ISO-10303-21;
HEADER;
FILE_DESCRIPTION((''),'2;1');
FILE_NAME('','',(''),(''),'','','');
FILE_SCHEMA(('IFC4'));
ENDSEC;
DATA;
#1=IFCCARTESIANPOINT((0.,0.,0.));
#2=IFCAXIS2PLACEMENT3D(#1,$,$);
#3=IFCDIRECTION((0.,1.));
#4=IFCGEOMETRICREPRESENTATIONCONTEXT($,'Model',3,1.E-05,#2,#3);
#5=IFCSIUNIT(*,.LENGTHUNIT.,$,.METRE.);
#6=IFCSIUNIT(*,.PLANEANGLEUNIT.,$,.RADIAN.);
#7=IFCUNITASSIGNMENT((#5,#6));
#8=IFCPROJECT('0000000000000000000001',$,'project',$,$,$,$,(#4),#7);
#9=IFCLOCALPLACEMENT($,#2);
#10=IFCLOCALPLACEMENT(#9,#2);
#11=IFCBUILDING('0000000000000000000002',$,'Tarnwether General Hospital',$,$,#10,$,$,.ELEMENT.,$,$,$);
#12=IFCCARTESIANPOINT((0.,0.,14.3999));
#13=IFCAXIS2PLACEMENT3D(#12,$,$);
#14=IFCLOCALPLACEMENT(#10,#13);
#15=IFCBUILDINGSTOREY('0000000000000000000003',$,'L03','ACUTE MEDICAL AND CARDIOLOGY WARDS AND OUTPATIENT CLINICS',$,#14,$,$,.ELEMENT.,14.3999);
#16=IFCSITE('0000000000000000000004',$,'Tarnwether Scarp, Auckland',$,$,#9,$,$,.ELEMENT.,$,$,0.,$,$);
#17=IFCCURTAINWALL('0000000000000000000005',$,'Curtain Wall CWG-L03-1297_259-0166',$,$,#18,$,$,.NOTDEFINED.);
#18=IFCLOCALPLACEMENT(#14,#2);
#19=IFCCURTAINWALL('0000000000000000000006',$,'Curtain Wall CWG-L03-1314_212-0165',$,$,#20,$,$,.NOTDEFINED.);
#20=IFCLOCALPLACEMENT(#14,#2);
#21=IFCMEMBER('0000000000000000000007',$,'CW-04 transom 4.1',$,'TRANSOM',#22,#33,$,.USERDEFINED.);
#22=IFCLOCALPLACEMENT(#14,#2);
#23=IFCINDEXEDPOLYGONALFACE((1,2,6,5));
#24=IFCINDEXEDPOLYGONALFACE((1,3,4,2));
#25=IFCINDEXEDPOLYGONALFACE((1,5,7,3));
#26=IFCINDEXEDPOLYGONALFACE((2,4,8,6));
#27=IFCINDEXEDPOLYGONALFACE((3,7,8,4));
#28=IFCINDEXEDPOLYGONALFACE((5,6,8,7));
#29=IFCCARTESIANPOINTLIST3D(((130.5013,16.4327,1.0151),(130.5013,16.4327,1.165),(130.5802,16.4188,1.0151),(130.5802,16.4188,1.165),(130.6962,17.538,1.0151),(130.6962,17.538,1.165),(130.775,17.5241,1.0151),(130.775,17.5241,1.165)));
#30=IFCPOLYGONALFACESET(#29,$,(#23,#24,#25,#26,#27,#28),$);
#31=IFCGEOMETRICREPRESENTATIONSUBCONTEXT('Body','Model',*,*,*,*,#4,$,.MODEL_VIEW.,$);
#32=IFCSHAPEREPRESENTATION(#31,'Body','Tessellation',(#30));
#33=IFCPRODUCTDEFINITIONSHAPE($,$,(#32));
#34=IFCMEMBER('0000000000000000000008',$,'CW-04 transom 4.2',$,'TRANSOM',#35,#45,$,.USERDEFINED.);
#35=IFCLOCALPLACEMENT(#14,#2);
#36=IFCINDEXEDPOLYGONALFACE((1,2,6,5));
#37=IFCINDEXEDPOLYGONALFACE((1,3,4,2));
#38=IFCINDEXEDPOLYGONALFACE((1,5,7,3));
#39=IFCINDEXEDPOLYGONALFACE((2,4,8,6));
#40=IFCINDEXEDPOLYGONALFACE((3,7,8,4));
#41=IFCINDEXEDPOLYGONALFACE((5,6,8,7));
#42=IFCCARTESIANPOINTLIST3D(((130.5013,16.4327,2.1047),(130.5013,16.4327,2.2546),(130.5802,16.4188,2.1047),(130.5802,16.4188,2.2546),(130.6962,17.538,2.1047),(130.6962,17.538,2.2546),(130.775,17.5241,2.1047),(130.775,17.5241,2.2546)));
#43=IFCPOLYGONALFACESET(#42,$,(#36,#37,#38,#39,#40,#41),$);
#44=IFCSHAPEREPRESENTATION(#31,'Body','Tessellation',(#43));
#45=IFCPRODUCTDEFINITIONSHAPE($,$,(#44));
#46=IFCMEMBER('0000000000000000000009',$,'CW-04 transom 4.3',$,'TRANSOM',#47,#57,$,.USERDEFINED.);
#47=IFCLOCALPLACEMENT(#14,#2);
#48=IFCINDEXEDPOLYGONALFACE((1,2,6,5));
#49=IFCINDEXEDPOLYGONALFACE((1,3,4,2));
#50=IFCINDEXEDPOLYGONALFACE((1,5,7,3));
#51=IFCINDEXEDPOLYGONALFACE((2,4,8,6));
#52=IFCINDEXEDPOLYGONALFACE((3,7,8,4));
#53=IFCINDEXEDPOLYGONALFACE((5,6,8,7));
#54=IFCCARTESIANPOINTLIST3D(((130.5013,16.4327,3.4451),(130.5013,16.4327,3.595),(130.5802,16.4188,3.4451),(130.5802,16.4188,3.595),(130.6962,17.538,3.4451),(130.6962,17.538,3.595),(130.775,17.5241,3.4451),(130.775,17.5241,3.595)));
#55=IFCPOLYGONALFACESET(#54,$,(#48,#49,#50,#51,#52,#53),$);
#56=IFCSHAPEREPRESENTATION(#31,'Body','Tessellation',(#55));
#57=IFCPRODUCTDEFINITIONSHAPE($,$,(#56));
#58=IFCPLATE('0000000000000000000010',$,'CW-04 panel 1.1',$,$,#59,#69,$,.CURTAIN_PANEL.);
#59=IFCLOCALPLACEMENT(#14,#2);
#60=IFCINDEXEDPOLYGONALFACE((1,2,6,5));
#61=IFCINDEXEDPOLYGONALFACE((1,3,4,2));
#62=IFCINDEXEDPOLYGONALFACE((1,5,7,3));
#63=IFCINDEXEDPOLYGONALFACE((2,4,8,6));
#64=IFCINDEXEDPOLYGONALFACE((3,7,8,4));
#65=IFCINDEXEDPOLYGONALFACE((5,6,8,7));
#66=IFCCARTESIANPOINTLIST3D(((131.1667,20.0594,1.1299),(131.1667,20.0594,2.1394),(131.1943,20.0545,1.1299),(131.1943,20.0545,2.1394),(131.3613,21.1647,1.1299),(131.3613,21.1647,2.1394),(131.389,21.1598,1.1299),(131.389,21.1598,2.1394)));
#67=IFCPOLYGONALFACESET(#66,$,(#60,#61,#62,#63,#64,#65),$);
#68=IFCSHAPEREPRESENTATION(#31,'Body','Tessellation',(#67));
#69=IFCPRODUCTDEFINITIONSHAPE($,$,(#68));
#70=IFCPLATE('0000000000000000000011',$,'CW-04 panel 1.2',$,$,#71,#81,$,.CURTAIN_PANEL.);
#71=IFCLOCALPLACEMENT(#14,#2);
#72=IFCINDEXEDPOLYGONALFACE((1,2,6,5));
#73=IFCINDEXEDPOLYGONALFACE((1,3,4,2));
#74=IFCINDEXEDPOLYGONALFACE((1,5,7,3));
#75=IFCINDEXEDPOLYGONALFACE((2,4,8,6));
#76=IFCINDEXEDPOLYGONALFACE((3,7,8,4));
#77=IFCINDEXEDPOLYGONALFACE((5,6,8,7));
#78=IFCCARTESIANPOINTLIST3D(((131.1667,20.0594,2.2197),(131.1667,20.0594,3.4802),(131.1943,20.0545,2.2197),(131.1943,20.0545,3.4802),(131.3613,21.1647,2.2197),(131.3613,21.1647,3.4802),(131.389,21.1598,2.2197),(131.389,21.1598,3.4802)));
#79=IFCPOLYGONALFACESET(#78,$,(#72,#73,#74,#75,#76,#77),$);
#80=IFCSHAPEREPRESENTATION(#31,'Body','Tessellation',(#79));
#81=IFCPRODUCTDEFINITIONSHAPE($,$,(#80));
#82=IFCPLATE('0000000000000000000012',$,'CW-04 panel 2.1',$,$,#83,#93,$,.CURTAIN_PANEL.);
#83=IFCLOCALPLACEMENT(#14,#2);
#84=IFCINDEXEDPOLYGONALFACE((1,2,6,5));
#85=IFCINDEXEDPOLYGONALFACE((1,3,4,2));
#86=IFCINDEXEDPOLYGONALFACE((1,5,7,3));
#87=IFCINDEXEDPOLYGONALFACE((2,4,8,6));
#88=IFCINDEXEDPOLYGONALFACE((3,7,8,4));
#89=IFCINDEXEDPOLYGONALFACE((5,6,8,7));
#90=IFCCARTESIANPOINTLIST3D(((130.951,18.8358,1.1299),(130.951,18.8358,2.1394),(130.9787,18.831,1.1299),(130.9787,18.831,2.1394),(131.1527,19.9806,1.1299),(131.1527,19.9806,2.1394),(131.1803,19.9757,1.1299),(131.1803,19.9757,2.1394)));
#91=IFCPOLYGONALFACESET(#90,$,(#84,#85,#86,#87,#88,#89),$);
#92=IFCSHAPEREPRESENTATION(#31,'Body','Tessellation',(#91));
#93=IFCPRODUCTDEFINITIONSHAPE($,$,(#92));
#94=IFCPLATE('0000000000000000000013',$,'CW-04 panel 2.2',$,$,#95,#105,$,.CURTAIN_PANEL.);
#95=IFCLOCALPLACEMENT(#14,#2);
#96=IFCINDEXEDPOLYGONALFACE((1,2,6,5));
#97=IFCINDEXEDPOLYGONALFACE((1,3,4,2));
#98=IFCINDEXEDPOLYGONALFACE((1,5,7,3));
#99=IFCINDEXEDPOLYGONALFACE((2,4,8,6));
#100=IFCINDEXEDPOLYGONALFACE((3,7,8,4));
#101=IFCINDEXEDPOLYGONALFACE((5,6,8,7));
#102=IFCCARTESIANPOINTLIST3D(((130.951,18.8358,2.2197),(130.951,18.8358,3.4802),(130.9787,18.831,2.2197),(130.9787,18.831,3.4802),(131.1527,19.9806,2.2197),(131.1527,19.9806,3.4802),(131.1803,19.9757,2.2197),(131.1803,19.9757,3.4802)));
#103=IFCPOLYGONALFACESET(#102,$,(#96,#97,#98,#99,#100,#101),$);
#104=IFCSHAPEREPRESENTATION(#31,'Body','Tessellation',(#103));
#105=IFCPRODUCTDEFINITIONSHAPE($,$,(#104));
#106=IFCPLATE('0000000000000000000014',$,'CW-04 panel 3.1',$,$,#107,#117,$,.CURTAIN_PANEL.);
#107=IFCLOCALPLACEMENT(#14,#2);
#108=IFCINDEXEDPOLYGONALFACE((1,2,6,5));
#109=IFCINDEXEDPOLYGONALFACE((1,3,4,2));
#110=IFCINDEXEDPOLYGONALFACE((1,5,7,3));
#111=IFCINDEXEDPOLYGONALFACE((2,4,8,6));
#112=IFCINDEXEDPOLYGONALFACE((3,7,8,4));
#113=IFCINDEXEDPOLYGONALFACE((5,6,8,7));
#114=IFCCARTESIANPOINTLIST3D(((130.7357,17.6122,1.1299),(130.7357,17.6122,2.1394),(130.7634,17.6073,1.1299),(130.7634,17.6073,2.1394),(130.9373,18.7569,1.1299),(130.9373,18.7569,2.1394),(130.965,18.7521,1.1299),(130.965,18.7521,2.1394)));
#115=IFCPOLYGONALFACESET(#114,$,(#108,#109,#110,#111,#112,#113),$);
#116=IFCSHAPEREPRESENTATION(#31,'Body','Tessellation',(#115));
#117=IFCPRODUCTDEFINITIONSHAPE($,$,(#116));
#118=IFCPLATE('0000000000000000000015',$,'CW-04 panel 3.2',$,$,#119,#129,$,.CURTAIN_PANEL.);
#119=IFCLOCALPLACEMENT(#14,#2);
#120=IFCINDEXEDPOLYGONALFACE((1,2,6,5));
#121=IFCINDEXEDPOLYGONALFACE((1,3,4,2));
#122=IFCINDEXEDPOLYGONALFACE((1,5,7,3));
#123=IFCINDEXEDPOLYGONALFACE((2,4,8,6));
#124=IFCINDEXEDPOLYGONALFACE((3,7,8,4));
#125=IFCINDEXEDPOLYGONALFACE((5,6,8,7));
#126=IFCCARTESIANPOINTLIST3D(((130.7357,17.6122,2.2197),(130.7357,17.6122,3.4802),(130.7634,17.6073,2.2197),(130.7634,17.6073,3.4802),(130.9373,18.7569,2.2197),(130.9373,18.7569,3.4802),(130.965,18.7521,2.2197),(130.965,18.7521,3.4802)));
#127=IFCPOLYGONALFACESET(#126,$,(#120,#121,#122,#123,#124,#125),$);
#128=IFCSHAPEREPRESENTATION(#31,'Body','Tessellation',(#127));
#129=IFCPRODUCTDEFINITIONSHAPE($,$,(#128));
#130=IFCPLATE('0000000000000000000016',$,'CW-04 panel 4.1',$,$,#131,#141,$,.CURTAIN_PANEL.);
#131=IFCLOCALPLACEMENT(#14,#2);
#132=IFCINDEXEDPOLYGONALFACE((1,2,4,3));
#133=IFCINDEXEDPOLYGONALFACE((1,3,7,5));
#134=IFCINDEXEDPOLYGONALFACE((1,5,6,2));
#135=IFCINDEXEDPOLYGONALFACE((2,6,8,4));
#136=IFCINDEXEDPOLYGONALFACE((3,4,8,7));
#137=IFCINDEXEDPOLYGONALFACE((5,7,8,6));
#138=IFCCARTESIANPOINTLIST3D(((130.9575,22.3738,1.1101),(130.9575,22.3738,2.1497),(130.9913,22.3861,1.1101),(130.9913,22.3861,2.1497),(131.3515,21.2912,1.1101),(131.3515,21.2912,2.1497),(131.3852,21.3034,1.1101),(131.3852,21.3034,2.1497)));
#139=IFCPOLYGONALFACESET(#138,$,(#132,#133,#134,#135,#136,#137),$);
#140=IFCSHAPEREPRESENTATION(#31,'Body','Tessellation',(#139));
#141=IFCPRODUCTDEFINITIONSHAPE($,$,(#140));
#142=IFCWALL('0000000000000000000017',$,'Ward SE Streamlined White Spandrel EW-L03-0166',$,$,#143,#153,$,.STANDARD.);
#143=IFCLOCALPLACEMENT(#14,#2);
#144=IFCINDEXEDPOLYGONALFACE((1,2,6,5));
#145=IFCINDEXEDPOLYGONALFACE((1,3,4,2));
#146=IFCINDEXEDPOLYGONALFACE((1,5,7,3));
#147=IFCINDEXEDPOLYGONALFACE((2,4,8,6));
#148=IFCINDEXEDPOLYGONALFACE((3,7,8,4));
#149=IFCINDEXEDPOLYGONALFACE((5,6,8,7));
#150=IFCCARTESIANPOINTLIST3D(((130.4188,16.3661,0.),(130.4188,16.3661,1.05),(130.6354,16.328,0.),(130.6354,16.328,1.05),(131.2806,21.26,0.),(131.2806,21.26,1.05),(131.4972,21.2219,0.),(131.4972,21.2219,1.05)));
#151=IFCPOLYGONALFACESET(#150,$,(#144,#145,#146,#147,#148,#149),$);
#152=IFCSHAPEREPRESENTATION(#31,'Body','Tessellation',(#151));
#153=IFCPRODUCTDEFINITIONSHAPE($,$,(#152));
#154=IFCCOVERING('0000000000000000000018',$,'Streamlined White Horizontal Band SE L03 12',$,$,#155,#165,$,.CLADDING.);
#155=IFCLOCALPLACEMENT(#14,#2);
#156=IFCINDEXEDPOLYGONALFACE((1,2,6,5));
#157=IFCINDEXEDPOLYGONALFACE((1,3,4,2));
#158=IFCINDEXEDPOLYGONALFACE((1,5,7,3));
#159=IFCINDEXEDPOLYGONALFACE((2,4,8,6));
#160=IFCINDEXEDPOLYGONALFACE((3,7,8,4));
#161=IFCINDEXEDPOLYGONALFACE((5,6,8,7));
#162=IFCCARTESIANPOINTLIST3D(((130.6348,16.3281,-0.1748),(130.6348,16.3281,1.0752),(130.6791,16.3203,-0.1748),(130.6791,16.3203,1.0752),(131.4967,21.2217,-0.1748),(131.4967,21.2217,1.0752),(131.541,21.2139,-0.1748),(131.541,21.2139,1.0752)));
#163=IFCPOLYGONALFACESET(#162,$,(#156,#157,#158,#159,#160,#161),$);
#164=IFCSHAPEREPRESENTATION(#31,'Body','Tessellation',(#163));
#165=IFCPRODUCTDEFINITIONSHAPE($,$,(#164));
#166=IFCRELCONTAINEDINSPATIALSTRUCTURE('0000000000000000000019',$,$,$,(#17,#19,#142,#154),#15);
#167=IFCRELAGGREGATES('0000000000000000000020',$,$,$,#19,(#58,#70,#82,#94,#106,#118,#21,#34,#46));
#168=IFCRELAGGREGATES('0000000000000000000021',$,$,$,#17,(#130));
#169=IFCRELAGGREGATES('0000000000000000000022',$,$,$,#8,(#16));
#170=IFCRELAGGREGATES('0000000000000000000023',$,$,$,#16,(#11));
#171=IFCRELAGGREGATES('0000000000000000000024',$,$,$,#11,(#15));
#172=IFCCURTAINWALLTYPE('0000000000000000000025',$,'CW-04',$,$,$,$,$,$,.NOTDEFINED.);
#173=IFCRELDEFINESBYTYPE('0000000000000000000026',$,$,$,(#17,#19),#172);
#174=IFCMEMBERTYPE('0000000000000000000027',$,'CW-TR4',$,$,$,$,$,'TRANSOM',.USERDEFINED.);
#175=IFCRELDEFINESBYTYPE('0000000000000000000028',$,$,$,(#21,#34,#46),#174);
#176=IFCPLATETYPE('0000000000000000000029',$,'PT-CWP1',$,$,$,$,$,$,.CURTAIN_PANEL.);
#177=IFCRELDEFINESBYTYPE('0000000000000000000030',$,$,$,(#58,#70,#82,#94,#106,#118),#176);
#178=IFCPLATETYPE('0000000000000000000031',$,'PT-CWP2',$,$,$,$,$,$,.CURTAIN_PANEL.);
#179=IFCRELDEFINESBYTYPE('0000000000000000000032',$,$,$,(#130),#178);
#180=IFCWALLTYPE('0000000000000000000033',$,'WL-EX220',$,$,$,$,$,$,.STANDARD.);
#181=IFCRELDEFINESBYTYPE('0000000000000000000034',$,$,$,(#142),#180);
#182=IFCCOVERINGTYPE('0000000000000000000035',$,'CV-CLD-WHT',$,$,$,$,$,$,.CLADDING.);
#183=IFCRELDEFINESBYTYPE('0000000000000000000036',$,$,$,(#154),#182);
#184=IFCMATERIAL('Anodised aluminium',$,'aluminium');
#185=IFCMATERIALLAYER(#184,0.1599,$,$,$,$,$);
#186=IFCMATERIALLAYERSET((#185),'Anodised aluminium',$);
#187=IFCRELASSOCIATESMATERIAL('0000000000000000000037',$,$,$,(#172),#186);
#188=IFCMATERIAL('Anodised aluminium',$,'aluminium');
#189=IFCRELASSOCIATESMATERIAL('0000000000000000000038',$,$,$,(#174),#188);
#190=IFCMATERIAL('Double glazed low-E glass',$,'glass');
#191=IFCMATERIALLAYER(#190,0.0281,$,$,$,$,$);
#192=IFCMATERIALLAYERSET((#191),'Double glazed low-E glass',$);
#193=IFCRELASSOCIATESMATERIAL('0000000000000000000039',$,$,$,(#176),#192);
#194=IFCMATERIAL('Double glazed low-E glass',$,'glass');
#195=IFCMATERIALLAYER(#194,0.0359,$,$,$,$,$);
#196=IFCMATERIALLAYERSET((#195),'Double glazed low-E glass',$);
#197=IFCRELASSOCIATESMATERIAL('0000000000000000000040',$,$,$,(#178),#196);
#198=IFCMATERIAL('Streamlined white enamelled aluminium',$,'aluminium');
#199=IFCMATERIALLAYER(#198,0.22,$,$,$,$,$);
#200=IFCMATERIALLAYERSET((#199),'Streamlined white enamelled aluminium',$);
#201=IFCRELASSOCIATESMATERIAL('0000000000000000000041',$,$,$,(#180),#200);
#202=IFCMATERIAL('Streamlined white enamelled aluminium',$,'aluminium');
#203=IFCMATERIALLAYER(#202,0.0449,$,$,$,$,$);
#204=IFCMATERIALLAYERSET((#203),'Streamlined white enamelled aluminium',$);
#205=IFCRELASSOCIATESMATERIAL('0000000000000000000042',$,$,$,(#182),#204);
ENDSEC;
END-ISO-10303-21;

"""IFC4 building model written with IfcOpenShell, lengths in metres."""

from ifc_helpers import new_model, si_unit, direction, frame, frame_2d, origin, origin_2d, place, context, subcontext, project, spatial, rectangle, extrude, material, layer, layer_set, material_profile, profile_set, type_object, element, aggregate, save


model = new_model("IFC4")

# Units and contexts
model_context = context("Model", 3, precision=1e-05, world=origin(), true_north=direction((0.0, 1.0)))
body_context = subcontext(model_context, "Body", "Model", "MODEL_VIEW")
ifc_project = project(units=[si_unit("LENGTHUNIT", "METRE"), si_unit("PLANEANGLEUNIT", "RADIAN")], contexts=[model_context])

# Site, building, storey
site_placement = place(None, origin())
site = spatial("IfcSite", under=ifc_project, at=site_placement, Name="Tarnwether Scarp, Auckland", CompositionType="ELEMENT", RefElevation=0.0)
building_placement = place(site_placement, origin())
building = spatial("IfcBuilding", under=site, at=building_placement, Name="Tarnwether General Hospital", CompositionType="ELEMENT")
storey_placement = place(building_placement, frame((0.0, 0.0, 14.3999)))
storey = spatial("IfcBuildingStorey", under=building, at=storey_placement, Name="L03", Description="ACUTE MEDICAL AND CARDIOLOGY WARDS AND OUTPATIENT CLINICS", CompositionType="ELEMENT", Elevation=14.3999)

# Curtain wall
ifc_material_1 = material(Name="Anodised aluminium", Category="aluminium")
ifc_layer_1 = layer(ifc_material_1, 0.1599)
ifc_layer_set_1 = layer_set([ifc_layer_1], Name="Anodised aluminium")
curtain_wall_type = type_object("IfcCurtainWallType", Name="CW-04", PredefinedType="NOTDEFINED", material=ifc_layer_set_1)
curtain_wall_1_placement = place(storey_placement, origin())
curtain_wall_1 = element("IfcCurtainWall", 1, at=curtain_wall_1_placement, inside=storey, type_object=curtain_wall_type, Name="Curtain Wall CWG-L03-1297_259-0166", PredefinedType="NOTDEFINED")

# Curtain wall, members, plates
curtain_wall_2_placement = place(storey_placement, origin())
curtain_wall_2 = element("IfcCurtainWall", 2, at=curtain_wall_2_placement, inside=storey, type_object=curtain_wall_type, Name="Curtain Wall CWG-L03-1314_212-0165", PredefinedType="NOTDEFINED")
ifc_material_2 = material(Name="Anodised aluminium", Category="aluminium")
ifc_material_profile_1 = material_profile(ifc_material_2, rectangle(XDim=0.0801, YDim=0.1499, at=origin_2d()), Name="ALU-TRN-80x150")
ifc_profile_set_1 = profile_set([ifc_material_profile_1], Name="Anodised aluminium")
member_type_1 = type_object("IfcMemberType", Name="CW-TR4", ElementType="TRANSOM", PredefinedType="USERDEFINED", material=ifc_profile_set_1)
member_1_placement = place(storey_placement, frame((130.7356, 17.531, 1.0901), z_axis=(-0.173599, -0.984816, 0.0), x_axis=(0.984816, -0.173599, 0.0)))
member_1 = element("IfcMember", 3, at=member_1_placement, type_object=member_type_1, Name="CW-04 transom 4.1", ObjectType="TRANSOM", PredefinedType="USERDEFINED", context=body_context, shape_type="SweptSolid", body=[
    extrude(rectangle(XDim=0.0801, YDim=0.1499, at=origin_2d()), origin(), (0.0, 0.0, 1.0), 1.1223),
])
member_2_placement = place(storey_placement, frame((130.7356, 17.531, 2.1797), z_axis=(-0.173599, -0.984816, 0.0), x_axis=(0.984816, -0.173599, 0.0)))
member_2 = element("IfcMember", 4, at=member_2_placement, type_object=member_type_1, Name="CW-04 transom 4.2", ObjectType="TRANSOM", PredefinedType="USERDEFINED", context=body_context, shape_type="SweptSolid", body=[
    extrude(rectangle(XDim=0.0801, YDim=0.1499, at=origin_2d()), origin(), (0.0, 0.0, 1.0), 1.1223),
])
member_3_placement = place(storey_placement, frame((130.7356, 17.531, 3.52), z_axis=(-0.173599, -0.984816, 0.0), x_axis=(0.984816, -0.173599, 0.0)))
member_3 = element("IfcMember", 5, at=member_3_placement, type_object=member_type_1, Name="CW-04 transom 4.3", ObjectType="TRANSOM", PredefinedType="USERDEFINED", context=body_context, shape_type="SweptSolid", body=[
    extrude(rectangle(XDim=0.0801, YDim=0.1499, at=origin_2d()), origin(), (0.0, 0.0, 1.0), 1.1223),
])
ifc_material_3 = material(Name="Double glazed low-E glass", Category="glass")
ifc_layer_2 = layer(ifc_material_3, 0.0281)
ifc_layer_set_2 = layer_set([ifc_layer_2], Name="Double glazed low-E glass")
plate_type_1 = type_object("IfcPlateType", Name="PT-CWP1", PredefinedType="CURTAIN_PANEL", material=ifc_layer_set_2)
plate_1_placement = place(storey_placement, frame((131.2778, 20.6096, 1.1299), z_axis=(0.0, 0.0, 1.0), x_axis=(-0.173464, -0.98484, 0.0)))
plate_1 = element("IfcPlate", 6, at=plate_1_placement, type_object=plate_type_1, Name="CW-04 panel 1.1", PredefinedType="CURTAIN_PANEL", context=body_context, shape_type="SweptSolid", body=[
    extrude(rectangle(XDim=1.1223, YDim=0.0281, at=origin_2d()), origin(), (0.0, 0.0, 1.0), 1.0095),
])
plate_2_placement = place(storey_placement, frame((131.2778, 20.6096, 2.2197), z_axis=(0.0, 0.0, 1.0), x_axis=(-0.173464, -0.98484, 0.0)))
plate_2 = element("IfcPlate", 7, at=plate_2_placement, type_object=plate_type_1, Name="CW-04 panel 1.2", PredefinedType="CURTAIN_PANEL", context=body_context, shape_type="SweptSolid", body=[
    extrude(rectangle(XDim=1.1223, YDim=0.0281, at=origin_2d()), origin(), (0.0, 0.0, 1.0), 1.2605),
])
plate_3_placement = place(storey_placement, frame((131.0657, 19.4058, 1.1299), z_axis=(0.0, 0.0, 1.0), x_axis=(-0.173464, -0.98484, 0.0)))
plate_3 = element("IfcPlate", 8, at=plate_3_placement, type_object=plate_type_1, Name="CW-04 panel 2.1", PredefinedType="CURTAIN_PANEL", context=body_context, shape_type="SweptSolid", body=[
    extrude(rectangle(XDim=1.1624, YDim=0.0281, at=origin_2d()), origin(), (0.0, 0.0, 1.0), 1.0095),
])
plate_4_placement = place(storey_placement, frame((131.0657, 19.4058, 2.2197), z_axis=(0.0, 0.0, 1.0), x_axis=(-0.173464, -0.98484, 0.0)))
plate_4 = element("IfcPlate", 9, at=plate_4_placement, type_object=plate_type_1, Name="CW-04 panel 2.2", PredefinedType="CURTAIN_PANEL", context=body_context, shape_type="SweptSolid", body=[
    extrude(rectangle(XDim=1.1624, YDim=0.0281, at=origin_2d()), origin(), (0.0, 0.0, 1.0), 1.2605),
])
plate_5_placement = place(storey_placement, frame((130.8503, 18.1821, 1.1299), z_axis=(0.0, 0.0, 1.0), x_axis=(-0.173464, -0.98484, 0.0)))
plate_5 = element("IfcPlate", 10, at=plate_5_placement, type_object=plate_type_1, Name="CW-04 panel 3.1", PredefinedType="CURTAIN_PANEL", context=body_context, shape_type="SweptSolid", body=[
    extrude(rectangle(XDim=1.1624, YDim=0.0281, at=origin_2d()), origin(), (0.0, 0.0, 1.0), 1.0095),
])
plate_6_placement = place(storey_placement, frame((130.8503, 18.1821, 2.2197), z_axis=(0.0, 0.0, 1.0), x_axis=(-0.173464, -0.98484, 0.0)))
plate_6 = element("IfcPlate", 11, at=plate_6_placement, type_object=plate_type_1, Name="CW-04 panel 3.2", PredefinedType="CURTAIN_PANEL", context=body_context, shape_type="SweptSolid", body=[
    extrude(rectangle(XDim=1.1624, YDim=0.0281, at=origin_2d()), origin(), (0.0, 0.0, 1.0), 1.2605),
])
aggregate(curtain_wall_2, [plate_1, plate_2, plate_3, plate_4, plate_5, plate_6, member_1, member_2, member_3])

# Plate
ifc_material_4 = material(Name="Double glazed low-E glass", Category="glass")
ifc_layer_3 = layer(ifc_material_4, 0.0359)
ifc_layer_set_3 = layer_set([ifc_layer_3], Name="Double glazed low-E glass")
plate_type_2 = type_object("IfcPlateType", Name="PT-CWP2", PredefinedType="CURTAIN_PANEL", material=ifc_layer_set_3)
plate_7_placement = place(storey_placement, frame((131.1714, 21.8386, 1.1101), z_axis=(0.0, 0.0, 1.0), x_axis=(0.341953, -0.939717, 0.0)))
plate_7 = element("IfcPlate", 12, at=plate_7_placement, type_object=plate_type_2, Name="CW-04 panel 4.1", PredefinedType="CURTAIN_PANEL", context=body_context, shape_type="SweptSolid", body=[
    extrude(rectangle(XDim=1.1521, YDim=0.0359, at=origin_2d()), origin(), (0.0, 0.0, 1.0), 1.0396),
])
aggregate(curtain_wall_1, [plate_7])

# Wall
ifc_material_5 = material(Name="Streamlined white enamelled aluminium", Category="aluminium")
ifc_layer_4 = layer(ifc_material_5, 0.22)
ifc_layer_set_4 = layer_set([ifc_layer_4], Name="Streamlined white enamelled aluminium")
wall_type = type_object("IfcWallType", Name="WL-EX220", PredefinedType="STANDARD", material=ifc_layer_set_4)
wall_placement = place(storey_placement, frame((131.3889, 21.241, 0.0), z_axis=(0.0, 0.0, 1.0), x_axis=(-0.173427, -0.984847, 0.0)))
element("IfcWall", 13, at=wall_placement, inside=storey, type_object=wall_type, Name="Ward SE Streamlined White Spandrel EW-L03-0166", PredefinedType="STANDARD", context=body_context, shape_type="SweptSolid", body=[
    extrude(rectangle(XDim=4.9692, YDim=0.22, at=frame_2d((2.4846, 0.0))), origin(), (0.0, 0.0, 1.0), 1.05),
])

# Covering
ifc_material_6 = material(Name="Streamlined white enamelled aluminium", Category="aluminium")
ifc_layer_5 = layer(ifc_material_6, 0.0449)
ifc_layer_set_5 = layer_set([ifc_layer_5], Name="Streamlined white enamelled aluminium")
covering_type = type_object("IfcCoveringType", Name="CV-CLD-WHT", PredefinedType="CLADDING", material=ifc_layer_set_5)
covering_placement = place(storey_placement, frame((131.0879, 18.771, -0.1748), z_axis=(0.0, 0.0, 1.0), x_axis=(-0.173459, -0.984841, 0.0)))
element("IfcCovering", 14, at=covering_placement, inside=storey, type_object=covering_type, Name="Streamlined White Horizontal Band SE L03 12", PredefinedType="CLADDING", context=body_context, shape_type="SweptSolid", body=[
    extrude(rectangle(XDim=4.969, YDim=0.0449, at=origin_2d()), origin(), (0.0, 0.0, 1.0), 1.25),
])

save(model, "model.ifc")
